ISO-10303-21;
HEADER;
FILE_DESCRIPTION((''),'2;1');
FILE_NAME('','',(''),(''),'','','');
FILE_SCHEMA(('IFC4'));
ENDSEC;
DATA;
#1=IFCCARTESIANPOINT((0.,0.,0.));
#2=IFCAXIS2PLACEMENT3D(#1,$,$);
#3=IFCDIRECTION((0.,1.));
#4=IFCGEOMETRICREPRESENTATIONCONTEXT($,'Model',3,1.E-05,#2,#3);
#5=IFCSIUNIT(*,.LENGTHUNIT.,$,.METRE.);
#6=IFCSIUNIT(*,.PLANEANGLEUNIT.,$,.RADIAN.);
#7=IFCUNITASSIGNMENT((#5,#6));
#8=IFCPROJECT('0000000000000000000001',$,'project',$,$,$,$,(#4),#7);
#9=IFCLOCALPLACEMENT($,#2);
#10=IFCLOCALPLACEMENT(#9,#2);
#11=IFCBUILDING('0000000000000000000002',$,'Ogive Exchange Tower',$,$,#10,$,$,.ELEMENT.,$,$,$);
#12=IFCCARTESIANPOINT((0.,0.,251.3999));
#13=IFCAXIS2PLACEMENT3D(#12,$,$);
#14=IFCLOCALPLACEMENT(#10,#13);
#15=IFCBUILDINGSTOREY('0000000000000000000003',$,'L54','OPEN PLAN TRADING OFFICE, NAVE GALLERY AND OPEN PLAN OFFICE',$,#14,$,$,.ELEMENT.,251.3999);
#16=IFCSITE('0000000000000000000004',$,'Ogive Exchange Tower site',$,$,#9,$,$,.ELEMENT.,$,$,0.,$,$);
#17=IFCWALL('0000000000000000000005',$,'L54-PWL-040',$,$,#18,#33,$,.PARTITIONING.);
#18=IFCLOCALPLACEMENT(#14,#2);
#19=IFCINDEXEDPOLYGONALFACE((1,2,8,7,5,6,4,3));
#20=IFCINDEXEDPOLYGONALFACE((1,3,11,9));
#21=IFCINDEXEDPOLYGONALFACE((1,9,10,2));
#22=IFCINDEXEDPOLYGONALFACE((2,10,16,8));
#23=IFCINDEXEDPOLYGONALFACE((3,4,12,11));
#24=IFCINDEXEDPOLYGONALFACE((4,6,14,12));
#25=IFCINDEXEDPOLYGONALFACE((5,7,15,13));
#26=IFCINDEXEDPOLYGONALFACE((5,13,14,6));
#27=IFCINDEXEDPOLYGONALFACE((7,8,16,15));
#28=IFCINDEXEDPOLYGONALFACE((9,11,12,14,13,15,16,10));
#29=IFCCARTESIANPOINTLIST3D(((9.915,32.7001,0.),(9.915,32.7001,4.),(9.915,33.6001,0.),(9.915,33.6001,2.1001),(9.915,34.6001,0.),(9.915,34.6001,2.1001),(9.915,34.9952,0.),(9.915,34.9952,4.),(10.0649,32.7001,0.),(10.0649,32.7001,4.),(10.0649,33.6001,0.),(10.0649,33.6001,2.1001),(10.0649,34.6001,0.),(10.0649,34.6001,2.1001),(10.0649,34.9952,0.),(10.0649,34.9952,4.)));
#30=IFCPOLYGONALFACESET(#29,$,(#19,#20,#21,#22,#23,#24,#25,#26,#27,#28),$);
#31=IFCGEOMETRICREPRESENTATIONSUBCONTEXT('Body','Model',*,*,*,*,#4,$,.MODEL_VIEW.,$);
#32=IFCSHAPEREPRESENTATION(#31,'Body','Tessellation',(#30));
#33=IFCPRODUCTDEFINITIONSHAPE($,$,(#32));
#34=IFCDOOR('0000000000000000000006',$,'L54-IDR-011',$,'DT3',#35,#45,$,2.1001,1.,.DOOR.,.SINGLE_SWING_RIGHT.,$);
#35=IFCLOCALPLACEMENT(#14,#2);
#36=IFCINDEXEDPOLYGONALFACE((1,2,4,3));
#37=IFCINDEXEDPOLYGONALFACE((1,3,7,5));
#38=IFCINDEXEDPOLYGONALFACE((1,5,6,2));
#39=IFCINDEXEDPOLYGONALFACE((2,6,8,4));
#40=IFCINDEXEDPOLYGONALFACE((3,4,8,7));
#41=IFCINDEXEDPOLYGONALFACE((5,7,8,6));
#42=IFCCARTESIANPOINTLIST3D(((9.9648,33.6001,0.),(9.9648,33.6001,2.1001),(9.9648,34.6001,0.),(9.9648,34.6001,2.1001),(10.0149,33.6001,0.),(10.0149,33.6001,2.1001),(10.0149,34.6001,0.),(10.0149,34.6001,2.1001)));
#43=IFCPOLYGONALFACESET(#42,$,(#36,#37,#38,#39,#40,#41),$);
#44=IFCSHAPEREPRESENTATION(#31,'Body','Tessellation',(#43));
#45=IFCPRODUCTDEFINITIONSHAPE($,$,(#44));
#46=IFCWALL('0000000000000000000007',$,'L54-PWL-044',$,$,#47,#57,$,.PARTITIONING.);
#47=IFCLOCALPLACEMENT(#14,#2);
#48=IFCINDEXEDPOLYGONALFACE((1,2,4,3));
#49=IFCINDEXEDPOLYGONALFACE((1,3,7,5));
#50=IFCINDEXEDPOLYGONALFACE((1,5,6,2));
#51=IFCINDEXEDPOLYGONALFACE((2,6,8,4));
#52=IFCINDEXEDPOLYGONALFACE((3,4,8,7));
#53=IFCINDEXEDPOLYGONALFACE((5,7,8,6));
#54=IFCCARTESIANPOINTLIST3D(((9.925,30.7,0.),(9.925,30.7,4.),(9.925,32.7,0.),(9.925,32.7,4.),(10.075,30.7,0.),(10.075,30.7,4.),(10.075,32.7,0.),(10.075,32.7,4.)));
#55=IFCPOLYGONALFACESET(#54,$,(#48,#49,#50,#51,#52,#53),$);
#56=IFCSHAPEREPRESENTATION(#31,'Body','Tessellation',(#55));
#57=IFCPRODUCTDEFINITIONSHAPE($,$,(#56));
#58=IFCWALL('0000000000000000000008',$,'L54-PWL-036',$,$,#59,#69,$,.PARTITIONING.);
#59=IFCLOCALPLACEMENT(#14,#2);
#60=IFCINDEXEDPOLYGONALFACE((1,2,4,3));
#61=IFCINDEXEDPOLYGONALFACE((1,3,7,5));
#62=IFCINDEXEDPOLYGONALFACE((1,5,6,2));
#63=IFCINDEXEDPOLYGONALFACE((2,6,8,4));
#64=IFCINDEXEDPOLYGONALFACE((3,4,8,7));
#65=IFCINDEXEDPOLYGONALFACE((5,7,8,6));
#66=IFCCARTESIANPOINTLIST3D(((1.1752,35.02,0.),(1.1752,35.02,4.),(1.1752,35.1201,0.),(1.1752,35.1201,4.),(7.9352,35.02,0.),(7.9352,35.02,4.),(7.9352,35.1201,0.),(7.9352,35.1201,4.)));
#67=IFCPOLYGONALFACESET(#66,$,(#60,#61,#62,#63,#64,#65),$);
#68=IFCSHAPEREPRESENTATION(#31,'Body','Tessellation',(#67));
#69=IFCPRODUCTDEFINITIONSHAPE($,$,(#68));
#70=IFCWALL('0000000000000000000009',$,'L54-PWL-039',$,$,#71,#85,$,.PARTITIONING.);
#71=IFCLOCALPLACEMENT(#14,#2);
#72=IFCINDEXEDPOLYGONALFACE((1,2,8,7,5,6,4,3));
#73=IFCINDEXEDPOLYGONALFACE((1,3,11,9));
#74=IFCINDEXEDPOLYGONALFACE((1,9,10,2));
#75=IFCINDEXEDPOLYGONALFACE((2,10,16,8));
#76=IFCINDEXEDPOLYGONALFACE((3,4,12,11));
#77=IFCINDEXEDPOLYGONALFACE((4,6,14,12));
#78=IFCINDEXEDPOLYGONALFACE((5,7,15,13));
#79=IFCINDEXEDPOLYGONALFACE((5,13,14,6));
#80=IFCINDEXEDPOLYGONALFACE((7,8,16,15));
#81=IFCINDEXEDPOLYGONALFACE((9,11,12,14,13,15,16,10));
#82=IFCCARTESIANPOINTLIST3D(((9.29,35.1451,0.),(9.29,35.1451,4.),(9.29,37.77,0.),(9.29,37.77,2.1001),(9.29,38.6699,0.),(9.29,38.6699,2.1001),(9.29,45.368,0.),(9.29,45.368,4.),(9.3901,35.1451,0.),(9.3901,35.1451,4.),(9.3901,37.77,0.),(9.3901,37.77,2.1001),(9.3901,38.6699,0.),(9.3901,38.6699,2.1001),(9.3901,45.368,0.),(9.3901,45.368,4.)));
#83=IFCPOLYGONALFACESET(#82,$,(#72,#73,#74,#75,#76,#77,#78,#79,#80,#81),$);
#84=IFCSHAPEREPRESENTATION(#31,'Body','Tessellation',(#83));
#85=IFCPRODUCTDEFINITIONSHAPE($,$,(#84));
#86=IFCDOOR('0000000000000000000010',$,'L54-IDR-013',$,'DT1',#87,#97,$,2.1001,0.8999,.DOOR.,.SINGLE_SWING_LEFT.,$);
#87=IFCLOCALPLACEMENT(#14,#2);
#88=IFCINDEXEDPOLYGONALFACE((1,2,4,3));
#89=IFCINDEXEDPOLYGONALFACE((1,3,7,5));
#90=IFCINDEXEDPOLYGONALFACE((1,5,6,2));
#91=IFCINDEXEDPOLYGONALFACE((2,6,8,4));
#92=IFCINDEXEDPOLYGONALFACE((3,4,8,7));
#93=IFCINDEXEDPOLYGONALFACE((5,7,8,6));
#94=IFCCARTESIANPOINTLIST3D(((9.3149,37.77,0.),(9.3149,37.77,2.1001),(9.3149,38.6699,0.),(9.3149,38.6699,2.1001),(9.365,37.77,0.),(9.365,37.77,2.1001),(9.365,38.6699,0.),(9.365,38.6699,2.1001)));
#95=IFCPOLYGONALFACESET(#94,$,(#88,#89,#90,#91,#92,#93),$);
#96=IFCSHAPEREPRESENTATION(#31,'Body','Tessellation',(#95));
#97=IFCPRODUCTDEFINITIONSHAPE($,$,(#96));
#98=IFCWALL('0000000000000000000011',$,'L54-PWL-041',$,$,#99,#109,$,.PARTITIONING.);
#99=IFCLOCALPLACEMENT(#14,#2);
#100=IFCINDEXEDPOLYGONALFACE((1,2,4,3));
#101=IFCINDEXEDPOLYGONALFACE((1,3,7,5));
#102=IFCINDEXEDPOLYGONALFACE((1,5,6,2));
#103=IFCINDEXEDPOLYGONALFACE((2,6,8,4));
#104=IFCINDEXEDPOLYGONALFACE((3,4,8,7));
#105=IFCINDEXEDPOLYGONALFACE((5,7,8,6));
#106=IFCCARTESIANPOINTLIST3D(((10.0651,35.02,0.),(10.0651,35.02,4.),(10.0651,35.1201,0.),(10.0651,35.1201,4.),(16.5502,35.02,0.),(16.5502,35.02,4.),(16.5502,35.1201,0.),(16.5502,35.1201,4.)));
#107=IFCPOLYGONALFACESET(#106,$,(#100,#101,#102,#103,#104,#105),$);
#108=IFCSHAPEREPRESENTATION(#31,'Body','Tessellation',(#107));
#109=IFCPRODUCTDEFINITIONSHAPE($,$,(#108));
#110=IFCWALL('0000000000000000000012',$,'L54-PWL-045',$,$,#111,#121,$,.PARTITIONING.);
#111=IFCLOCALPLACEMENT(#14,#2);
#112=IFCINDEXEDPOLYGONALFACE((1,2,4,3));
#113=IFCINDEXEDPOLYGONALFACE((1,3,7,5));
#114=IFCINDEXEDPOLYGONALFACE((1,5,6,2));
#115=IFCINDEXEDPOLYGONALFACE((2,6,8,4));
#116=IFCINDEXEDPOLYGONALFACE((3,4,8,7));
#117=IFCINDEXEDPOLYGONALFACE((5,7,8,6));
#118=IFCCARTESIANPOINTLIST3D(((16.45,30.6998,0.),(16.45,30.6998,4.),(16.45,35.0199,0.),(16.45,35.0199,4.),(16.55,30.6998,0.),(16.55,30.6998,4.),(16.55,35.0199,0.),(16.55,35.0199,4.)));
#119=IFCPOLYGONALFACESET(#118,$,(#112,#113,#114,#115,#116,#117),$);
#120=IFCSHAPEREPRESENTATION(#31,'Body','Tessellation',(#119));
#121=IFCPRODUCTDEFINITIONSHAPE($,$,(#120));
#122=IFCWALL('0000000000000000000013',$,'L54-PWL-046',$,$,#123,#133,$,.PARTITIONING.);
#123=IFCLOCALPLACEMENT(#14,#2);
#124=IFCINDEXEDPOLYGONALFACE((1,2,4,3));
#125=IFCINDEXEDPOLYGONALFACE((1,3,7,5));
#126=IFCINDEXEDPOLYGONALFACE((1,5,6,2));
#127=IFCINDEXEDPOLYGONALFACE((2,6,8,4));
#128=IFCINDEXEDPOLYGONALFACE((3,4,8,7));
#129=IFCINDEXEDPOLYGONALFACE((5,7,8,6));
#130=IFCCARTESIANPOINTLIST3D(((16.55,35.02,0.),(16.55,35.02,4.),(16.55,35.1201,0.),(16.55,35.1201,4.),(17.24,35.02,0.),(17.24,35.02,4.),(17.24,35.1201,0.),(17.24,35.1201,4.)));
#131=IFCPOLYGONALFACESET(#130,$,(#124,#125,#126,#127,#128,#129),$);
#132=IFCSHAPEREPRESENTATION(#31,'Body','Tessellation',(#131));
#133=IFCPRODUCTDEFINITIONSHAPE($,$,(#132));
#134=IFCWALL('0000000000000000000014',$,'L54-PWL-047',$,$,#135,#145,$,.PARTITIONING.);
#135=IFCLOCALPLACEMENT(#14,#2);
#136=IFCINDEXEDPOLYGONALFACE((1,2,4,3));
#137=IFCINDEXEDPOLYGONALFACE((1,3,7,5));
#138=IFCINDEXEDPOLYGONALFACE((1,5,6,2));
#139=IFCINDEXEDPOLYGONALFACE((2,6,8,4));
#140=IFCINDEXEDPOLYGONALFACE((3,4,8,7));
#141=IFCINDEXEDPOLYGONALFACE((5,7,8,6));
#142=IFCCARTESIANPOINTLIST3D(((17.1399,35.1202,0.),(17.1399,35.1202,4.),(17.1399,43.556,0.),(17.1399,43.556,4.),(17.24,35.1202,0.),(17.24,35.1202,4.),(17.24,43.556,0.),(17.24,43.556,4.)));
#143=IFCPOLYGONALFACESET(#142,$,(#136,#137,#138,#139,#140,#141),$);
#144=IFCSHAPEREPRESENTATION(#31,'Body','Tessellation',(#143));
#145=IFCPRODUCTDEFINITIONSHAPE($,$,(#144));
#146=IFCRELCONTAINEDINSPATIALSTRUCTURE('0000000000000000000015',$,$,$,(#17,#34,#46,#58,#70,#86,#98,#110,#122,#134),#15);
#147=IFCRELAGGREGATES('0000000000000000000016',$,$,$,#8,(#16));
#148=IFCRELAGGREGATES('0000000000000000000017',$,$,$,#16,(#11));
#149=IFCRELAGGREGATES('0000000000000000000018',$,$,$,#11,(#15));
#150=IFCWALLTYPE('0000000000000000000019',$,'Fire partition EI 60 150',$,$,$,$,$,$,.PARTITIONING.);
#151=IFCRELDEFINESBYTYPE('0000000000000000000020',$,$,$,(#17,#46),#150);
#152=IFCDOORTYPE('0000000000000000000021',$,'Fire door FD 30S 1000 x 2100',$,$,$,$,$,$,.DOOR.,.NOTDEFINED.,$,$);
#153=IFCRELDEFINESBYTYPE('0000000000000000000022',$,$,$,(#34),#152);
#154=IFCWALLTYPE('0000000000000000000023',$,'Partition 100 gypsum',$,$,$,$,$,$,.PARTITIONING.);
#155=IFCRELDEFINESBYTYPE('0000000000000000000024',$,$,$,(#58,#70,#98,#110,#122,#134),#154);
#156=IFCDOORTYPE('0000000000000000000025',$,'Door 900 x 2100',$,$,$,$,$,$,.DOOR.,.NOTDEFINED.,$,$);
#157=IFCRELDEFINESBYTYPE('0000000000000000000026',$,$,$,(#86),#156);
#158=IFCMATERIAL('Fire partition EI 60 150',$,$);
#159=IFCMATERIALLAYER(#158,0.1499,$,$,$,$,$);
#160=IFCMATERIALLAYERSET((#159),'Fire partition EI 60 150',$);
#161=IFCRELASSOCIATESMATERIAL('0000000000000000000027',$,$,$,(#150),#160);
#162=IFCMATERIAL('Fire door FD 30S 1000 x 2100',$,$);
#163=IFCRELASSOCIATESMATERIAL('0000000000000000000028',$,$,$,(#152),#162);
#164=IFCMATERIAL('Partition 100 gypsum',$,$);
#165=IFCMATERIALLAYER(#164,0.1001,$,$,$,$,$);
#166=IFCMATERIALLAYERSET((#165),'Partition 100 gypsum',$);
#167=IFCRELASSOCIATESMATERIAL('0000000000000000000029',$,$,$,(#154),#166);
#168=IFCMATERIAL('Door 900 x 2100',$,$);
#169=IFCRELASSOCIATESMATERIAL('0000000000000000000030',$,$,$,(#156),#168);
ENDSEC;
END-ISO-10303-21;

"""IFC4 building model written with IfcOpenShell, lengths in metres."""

from ifc_helpers import new_model, si_unit, direction, frame, frame_2d, origin, place, context, subcontext, project, spatial, rectangle, extrude, material, layer, layer_set, type_object, element, fill, save


model = new_model("IFC4")

# Units and contexts
model_context = context("Model", 3, precision=1e-05, world=origin(), true_north=direction((0.0, 1.0)))
body_context = subcontext(model_context, "Body", "Model", "MODEL_VIEW")
ifc_project = project(units=[si_unit("LENGTHUNIT", "METRE"), si_unit("PLANEANGLEUNIT", "RADIAN")], contexts=[model_context])

# Site, building, storey
site_placement = place(None, origin())
site = spatial("IfcSite", under=ifc_project, at=site_placement, Name="Ogive Exchange Tower site", CompositionType="ELEMENT", RefElevation=0.0)
building_placement = place(site_placement, origin())
building = spatial("IfcBuilding", under=site, at=building_placement, Name="Ogive Exchange Tower", CompositionType="ELEMENT")
storey_placement = place(building_placement, frame((0.0, 0.0, 251.3999)))
storey = spatial("IfcBuildingStorey", under=building, at=storey_placement, Name="L54", Description="OPEN PLAN TRADING OFFICE, NAVE GALLERY AND OPEN PLAN OFFICE", CompositionType="ELEMENT", Elevation=251.3999)

# Shared definitions
ifc_material_1 = material(Name="Fire partition EI 60 150")
ifc_layer_1 = layer(ifc_material_1, 0.1499)
ifc_layer_set_1 = layer_set([ifc_layer_1], Name="Fire partition EI 60 150")
wall_type_1 = type_object("IfcWallType", Name="Fire partition EI 60 150", PredefinedType="PARTITIONING", material=ifc_layer_set_1)
ifc_material_2 = material(Name="Fire door FD 30S 1000 x 2100")
door_type_1 = type_object("IfcDoorType", Name="Fire door FD 30S 1000 x 2100", OperationType="NOTDEFINED", PredefinedType="DOOR", material=ifc_material_2)

# Wall, opening, door
wall_1_placement = place(storey_placement, frame((9.99, 34.9951, 0.0), z_axis=(0.0, 0.0, 1.0), x_axis=(0.0, -1.0, 0.0)))
wall_1 = element("IfcWall", 1, at=wall_1_placement, inside=storey, type_object=wall_type_1, Name="L54-PWL-040", PredefinedType="PARTITIONING", context=body_context, shape_type="SweptSolid", body=[
    extrude(rectangle(XDim=2.2952, YDim=0.1499, at=frame_2d((1.1475, 0.0))), origin(), (0.0, 0.0, 1.0), 4.0),
])
opening_1_placement = place(wall_1_placement, frame((0.395, 0.0, 0.0)))
opening_1 = element("IfcOpeningElement", 2, at=opening_1_placement, cuts=wall_1, PredefinedType="OPENING", context=body_context, shape_type="SweptSolid", body=[
    extrude(rectangle(XDim=1.0, YDim=2.1001, at=frame_2d((0.5, 1.05))), frame((0.0, 0.085, 0.0), z_axis=(0.0, -1.0, 0.0), x_axis=(1.0, 0.0, 0.0)), (0.0, 0.0, 1.0), 0.1699),
])
door_1_placement = place(opening_1_placement, origin())
door_1 = element("IfcDoor", 3, at=door_1_placement, inside=storey, type_object=door_type_1, Name="L54-IDR-011", ObjectType="DT3", OperationType="SINGLE_SWING_RIGHT", OverallHeight=2.1001, OverallWidth=1.0, PredefinedType="DOOR", context=body_context, shape_type="SweptSolid", body=[
    extrude(rectangle(XDim=1.0, YDim=2.1001, at=frame_2d((0.5, 1.05))), frame((0.0, 0.0249, 0.0), z_axis=(0.0, -1.0, 0.0), x_axis=(1.0, 0.0, 0.0)), (0.0, 0.0, 1.0), 0.05),
])
fill(opening_1, door_1)

# Walls
wall_2_placement = place(storey_placement, frame((10.0, 32.7, 0.0), z_axis=(0.0, 0.0, 1.0), x_axis=(0.0, -1.0, 0.0)))
element("IfcWall", 4, at=wall_2_placement, inside=storey, type_object=wall_type_1, Name="L54-PWL-044", PredefinedType="PARTITIONING", context=body_context, shape_type="SweptSolid", body=[
    extrude(rectangle(XDim=2.0, YDim=0.1499, at=frame_2d((1.0, 0.0))), origin(), (0.0, 0.0, 1.0), 4.0),
])
ifc_material_3 = material(Name="Partition 100 gypsum")
ifc_layer_2 = layer(ifc_material_3, 0.1001)
ifc_layer_set_2 = layer_set([ifc_layer_2], Name="Partition 100 gypsum")
wall_type_2 = type_object("IfcWallType", Name="Partition 100 gypsum", PredefinedType="PARTITIONING", material=ifc_layer_set_2)
wall_3_placement = place(storey_placement, frame((7.9351, 35.0701, 0.0), z_axis=(0.0, 0.0, 1.0), x_axis=(-1.0, 0.0, 0.0)))
element("IfcWall", 5, at=wall_3_placement, inside=storey, type_object=wall_type_2, Name="L54-PWL-036", PredefinedType="PARTITIONING", context=body_context, shape_type="SweptSolid", body=[
    extrude(rectangle(XDim=6.76, YDim=0.1001, at=frame_2d((3.3799, 0.0))), origin(), (0.0, 0.0, 1.0), 4.0),
])

# Wall, opening, door
wall_4_placement = place(storey_placement, frame((9.3401, 45.3679, 0.0), z_axis=(0.0, 0.0, 1.0), x_axis=(0.0, -1.0, 0.0)))
wall_4 = element("IfcWall", 6, at=wall_4_placement, inside=storey, type_object=wall_type_2, Name="L54-PWL-039", PredefinedType="PARTITIONING", context=body_context, shape_type="SweptSolid", body=[
    extrude(rectangle(XDim=10.2229, YDim=0.1001, at=frame_2d((5.1113, 0.0))), origin(), (0.0, 0.0, 1.0), 4.0),
])
opening_2_placement = place(wall_4_placement, frame((6.698, 0.0, 0.0)))
opening_2 = element("IfcOpeningElement", 7, at=opening_2_placement, cuts=wall_4, PredefinedType="OPENING", context=body_context, shape_type="SweptSolid", body=[
    extrude(rectangle(XDim=0.8999, YDim=2.1001, at=frame_2d((0.45, 1.05))), frame((0.0, 0.0601, 0.0), z_axis=(0.0, -1.0, 0.0), x_axis=(1.0, 0.0, 0.0)), (0.0, 0.0, 1.0), 0.1201),
])
ifc_material_4 = material(Name="Door 900 x 2100")
door_type_2 = type_object("IfcDoorType", Name="Door 900 x 2100", OperationType="NOTDEFINED", PredefinedType="DOOR", material=ifc_material_4)
door_2_placement = place(opening_2_placement, origin())
door_2 = element("IfcDoor", 8, at=door_2_placement, inside=storey, type_object=door_type_2, Name="L54-IDR-013", ObjectType="DT1", OperationType="SINGLE_SWING_LEFT", OverallHeight=2.1001, OverallWidth=0.8999, PredefinedType="DOOR", context=body_context, shape_type="SweptSolid", body=[
    extrude(rectangle(XDim=0.8999, YDim=2.1001, at=frame_2d((0.45, 1.05))), frame((0.0, 0.0249, 0.0), z_axis=(0.0, -1.0, 0.0), x_axis=(1.0, 0.0, 0.0)), (0.0, 0.0, 1.0), 0.05),
])
fill(opening_2, door_2)

# Walls
wall_5_placement = place(storey_placement, frame((10.0649, 35.0701, 0.0), z_axis=(0.0, 0.0, 1.0), x_axis=(1.0, 0.0, 0.0)))
element("IfcWall", 9, at=wall_5_placement, inside=storey, type_object=wall_type_2, Name="L54-PWL-041", PredefinedType="PARTITIONING", context=body_context, shape_type="SweptSolid", body=[
    extrude(rectangle(XDim=6.4851, YDim=0.1001, at=frame_2d((3.2427, 0.0))), origin(), (0.0, 0.0, 1.0), 4.0),
])
wall_6_placement = place(storey_placement, frame((16.5, 35.02, 0.0), z_axis=(0.0, 0.0, 1.0), x_axis=(0.0, -1.0, 0.0)))
element("IfcWall", 10, at=wall_6_placement, inside=storey, type_object=wall_type_2, Name="L54-PWL-045", PredefinedType="PARTITIONING", context=body_context, shape_type="SweptSolid", body=[
    extrude(rectangle(XDim=4.3201, YDim=0.1001, at=frame_2d((2.1602, 0.0))), origin(), (0.0, 0.0, 1.0), 4.0),
])
wall_7_placement = place(storey_placement, frame((17.24, 35.0701, 0.0), z_axis=(0.0, 0.0, 1.0), x_axis=(-1.0, 0.0, 0.0)))
element("IfcWall", 11, at=wall_7_placement, inside=storey, type_object=wall_type_2, Name="L54-PWL-046", PredefinedType="PARTITIONING", context=body_context, shape_type="SweptSolid", body=[
    extrude(rectangle(XDim=0.6899, YDim=0.1001, at=frame_2d((0.345, 0.0))), origin(), (0.0, 0.0, 1.0), 4.0),
])
wall_8_placement = place(storey_placement, frame((17.1899, 43.5559, 0.0), z_axis=(0.0, 0.0, 1.0), x_axis=(0.0, -1.0, 0.0)))
element("IfcWall", 12, at=wall_8_placement, inside=storey, type_object=wall_type_2, Name="L54-PWL-047", PredefinedType="PARTITIONING", context=body_context, shape_type="SweptSolid", body=[
    extrude(rectangle(XDim=8.4358, YDim=0.1001, at=frame_2d((4.2178, 0.0))), origin(), (0.0, 0.0, 1.0), 4.0),
])

save(model, "model.ifc")
